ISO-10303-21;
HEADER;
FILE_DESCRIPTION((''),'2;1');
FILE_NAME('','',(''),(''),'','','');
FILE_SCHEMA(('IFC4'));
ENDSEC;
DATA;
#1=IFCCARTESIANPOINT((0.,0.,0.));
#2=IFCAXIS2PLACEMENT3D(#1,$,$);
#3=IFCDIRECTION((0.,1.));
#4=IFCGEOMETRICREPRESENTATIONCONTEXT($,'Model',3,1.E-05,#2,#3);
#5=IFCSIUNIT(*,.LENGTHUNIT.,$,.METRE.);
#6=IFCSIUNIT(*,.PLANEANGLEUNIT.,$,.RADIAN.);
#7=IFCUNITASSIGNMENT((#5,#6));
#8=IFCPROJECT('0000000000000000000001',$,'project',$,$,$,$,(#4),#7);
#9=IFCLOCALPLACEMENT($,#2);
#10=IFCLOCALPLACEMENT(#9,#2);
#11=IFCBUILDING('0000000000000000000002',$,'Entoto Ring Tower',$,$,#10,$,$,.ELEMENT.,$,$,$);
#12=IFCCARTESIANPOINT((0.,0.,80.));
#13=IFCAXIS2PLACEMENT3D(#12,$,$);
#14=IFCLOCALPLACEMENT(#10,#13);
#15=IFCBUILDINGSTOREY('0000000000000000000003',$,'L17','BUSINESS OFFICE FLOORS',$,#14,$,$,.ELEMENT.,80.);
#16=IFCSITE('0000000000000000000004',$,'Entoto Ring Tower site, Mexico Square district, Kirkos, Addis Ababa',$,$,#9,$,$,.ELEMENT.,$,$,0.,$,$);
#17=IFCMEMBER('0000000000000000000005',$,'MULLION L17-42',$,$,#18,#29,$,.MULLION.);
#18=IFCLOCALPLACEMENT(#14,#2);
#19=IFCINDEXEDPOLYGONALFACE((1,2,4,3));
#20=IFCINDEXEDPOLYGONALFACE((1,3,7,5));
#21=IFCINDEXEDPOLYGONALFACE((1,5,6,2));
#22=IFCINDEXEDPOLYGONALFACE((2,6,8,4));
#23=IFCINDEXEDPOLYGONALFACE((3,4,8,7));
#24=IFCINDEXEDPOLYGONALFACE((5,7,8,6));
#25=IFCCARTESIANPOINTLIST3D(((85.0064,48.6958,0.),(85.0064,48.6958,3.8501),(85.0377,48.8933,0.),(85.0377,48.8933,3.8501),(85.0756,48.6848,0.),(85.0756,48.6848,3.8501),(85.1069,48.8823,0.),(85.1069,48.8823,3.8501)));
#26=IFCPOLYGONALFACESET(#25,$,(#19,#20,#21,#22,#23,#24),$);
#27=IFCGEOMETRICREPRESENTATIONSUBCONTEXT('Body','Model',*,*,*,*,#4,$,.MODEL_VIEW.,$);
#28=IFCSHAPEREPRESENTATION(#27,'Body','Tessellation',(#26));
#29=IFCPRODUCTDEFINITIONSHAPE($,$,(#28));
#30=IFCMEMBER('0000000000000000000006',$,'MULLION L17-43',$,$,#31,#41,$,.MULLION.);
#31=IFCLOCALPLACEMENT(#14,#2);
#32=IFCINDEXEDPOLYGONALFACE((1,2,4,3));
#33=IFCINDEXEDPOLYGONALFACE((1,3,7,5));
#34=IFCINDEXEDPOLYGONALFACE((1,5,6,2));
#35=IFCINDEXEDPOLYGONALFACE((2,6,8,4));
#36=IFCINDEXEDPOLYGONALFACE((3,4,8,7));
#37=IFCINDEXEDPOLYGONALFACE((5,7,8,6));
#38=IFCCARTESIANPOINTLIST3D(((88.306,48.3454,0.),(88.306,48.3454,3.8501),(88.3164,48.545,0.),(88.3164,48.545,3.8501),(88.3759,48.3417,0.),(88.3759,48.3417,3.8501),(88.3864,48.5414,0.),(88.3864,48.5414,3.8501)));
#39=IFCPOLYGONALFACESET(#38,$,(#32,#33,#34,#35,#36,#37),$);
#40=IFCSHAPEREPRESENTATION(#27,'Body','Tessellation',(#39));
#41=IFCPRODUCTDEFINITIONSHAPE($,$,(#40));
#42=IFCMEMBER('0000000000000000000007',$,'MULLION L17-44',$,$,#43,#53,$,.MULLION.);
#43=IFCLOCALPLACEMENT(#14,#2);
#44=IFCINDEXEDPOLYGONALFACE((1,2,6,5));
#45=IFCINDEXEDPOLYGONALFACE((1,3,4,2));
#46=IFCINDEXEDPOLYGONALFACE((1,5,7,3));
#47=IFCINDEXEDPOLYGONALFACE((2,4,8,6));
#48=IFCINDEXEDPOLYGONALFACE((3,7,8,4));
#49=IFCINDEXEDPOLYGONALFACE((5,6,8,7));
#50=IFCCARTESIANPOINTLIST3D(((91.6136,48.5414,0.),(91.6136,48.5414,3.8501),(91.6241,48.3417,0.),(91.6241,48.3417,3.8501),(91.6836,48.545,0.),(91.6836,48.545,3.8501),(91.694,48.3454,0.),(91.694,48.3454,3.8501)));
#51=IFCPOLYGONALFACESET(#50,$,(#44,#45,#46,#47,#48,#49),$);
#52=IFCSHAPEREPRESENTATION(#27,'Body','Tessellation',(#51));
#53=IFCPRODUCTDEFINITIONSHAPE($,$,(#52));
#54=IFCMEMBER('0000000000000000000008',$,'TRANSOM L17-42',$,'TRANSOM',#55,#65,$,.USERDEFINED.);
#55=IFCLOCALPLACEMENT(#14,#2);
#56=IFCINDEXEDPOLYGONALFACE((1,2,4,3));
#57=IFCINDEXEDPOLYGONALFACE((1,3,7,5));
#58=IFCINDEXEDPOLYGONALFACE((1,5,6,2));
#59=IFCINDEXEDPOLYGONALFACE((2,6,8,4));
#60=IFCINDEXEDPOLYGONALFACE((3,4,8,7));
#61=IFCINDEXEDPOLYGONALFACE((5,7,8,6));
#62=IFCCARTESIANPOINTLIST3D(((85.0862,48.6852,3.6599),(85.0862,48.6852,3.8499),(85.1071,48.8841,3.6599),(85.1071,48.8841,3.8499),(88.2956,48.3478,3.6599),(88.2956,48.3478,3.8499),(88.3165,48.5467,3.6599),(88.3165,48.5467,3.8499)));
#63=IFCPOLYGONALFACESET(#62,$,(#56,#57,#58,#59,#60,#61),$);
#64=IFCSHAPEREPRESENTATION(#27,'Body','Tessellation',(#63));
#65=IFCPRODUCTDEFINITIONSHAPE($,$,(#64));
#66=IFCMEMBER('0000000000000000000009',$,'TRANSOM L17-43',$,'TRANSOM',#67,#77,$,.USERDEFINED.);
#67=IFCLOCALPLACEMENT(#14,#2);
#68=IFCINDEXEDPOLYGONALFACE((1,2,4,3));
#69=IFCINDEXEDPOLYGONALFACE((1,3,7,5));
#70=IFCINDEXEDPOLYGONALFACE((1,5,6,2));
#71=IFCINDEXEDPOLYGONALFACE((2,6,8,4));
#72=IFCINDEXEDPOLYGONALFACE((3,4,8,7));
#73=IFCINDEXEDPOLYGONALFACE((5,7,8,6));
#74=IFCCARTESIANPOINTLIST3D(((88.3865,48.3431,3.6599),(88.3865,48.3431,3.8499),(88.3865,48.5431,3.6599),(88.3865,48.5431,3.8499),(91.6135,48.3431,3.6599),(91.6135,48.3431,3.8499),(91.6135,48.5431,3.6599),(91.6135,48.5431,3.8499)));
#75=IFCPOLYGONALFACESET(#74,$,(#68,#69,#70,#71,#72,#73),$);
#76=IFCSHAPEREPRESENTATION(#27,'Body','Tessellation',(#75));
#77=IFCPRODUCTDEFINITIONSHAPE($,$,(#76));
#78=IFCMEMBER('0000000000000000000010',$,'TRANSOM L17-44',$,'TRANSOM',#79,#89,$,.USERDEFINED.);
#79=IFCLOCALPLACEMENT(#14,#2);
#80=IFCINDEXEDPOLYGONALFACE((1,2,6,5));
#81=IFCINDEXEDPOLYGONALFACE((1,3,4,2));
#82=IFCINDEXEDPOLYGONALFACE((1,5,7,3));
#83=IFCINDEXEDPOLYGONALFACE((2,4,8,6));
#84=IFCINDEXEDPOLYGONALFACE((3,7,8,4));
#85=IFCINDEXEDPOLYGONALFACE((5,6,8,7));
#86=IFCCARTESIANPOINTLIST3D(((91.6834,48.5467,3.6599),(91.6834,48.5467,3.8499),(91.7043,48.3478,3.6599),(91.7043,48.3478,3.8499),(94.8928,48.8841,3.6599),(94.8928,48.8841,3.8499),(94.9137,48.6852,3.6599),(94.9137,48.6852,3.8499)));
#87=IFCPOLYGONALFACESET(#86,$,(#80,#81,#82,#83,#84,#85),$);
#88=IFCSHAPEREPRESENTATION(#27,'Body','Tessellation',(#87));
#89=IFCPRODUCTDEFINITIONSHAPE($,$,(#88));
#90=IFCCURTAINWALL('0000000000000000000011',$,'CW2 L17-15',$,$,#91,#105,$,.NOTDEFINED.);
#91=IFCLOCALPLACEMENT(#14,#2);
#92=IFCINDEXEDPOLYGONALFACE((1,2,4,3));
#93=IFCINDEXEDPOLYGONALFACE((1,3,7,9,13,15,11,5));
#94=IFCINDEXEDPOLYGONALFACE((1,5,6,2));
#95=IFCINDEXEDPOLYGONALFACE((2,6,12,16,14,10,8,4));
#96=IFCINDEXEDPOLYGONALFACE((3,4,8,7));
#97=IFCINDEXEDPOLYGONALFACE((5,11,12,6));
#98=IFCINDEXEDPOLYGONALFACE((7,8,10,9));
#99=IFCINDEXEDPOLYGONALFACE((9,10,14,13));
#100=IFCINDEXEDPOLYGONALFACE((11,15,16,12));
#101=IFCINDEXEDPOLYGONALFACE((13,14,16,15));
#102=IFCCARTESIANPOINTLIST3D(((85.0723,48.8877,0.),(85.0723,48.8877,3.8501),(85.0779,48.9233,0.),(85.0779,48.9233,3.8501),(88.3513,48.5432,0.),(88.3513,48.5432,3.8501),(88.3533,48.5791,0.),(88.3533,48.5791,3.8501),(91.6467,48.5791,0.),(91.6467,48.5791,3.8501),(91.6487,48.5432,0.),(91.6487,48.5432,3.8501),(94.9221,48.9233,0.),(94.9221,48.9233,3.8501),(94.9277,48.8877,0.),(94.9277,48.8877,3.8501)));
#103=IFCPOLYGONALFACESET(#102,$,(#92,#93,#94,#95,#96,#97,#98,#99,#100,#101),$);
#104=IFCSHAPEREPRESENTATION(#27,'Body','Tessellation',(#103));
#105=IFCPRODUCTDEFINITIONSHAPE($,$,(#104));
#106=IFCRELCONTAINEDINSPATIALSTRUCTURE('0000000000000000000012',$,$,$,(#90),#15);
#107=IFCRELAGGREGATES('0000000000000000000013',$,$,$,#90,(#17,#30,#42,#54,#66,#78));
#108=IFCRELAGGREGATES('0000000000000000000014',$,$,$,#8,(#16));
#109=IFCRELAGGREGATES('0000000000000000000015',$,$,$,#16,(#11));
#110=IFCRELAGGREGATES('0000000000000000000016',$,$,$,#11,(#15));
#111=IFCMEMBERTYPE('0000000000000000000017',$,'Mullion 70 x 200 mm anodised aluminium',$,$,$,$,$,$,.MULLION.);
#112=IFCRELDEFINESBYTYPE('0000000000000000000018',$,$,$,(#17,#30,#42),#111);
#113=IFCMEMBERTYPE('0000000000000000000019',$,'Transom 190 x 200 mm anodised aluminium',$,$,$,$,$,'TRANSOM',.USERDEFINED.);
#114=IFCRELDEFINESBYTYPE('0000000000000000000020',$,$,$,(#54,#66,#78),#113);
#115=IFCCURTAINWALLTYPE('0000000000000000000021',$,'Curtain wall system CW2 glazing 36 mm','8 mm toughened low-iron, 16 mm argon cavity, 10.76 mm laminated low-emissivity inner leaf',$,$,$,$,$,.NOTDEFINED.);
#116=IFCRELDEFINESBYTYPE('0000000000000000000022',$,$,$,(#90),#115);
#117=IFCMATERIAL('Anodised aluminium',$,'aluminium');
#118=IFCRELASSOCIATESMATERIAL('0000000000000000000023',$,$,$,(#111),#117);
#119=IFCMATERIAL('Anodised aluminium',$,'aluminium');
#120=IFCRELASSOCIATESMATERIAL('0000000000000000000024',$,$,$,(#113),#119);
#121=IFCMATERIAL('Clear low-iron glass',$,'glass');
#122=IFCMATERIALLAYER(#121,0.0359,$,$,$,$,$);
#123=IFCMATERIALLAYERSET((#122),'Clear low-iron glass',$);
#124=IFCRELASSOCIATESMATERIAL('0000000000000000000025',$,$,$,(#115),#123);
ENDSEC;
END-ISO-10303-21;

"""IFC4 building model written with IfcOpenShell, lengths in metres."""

from ifc_helpers import new_model, si_unit, direction, frame, origin, origin_2d, place, context, subcontext, project, spatial, polyline, rectangle, outline, extrude, material, layer, layer_set, material_profile, profile_set, type_object, element, aggregate, save


model = new_model("IFC4")

# Units and contexts
model_context = context("Model", 3, precision=1e-05, world=origin(), true_north=direction((0.0, 1.0)))
body_context = subcontext(model_context, "Body", "Model", "MODEL_VIEW")
ifc_project = project(units=[si_unit("LENGTHUNIT", "METRE"), si_unit("PLANEANGLEUNIT", "RADIAN")], contexts=[model_context])

# Members
ifc_material_1 = material(Name="Anodised aluminium", Category="aluminium")
ifc_material_profile_1 = material_profile(ifc_material_1, rectangle(XDim=0.0701, YDim=0.2, at=origin_2d()), Name="Mullion 70 x 200 mm anodised aluminium")
ifc_profile_set_1 = profile_set([ifc_material_profile_1], Name="Anodised aluminium")
member_type_1 = type_object("IfcMemberType", Name="Mullion 70 x 200 mm anodised aluminium", PredefinedType="MULLION", material=ifc_profile_set_1)
site_placement = place(None, origin())
building_placement = place(site_placement, origin())
storey_placement = place(building_placement, frame((0.0, 0.0, 80.0)))
member_1_placement = place(storey_placement, frame((85.0566, 48.7891, 0.0), z_axis=(0.0, 0.0, 1.0), x_axis=(0.987688, -0.156434, 0.0)))
member_1 = element("IfcMember", 1, at=member_1_placement, type_object=member_type_1, Name="MULLION L17-42", PredefinedType="MULLION", context=body_context, shape_type="SweptSolid", body=[
    extrude(rectangle(XDim=0.0701, YDim=0.2, at=origin_2d()), origin(), (0.0, 0.0, 1.0), 3.8501),
])
member_2_placement = place(storey_placement, frame((88.3462, 48.4434, 0.0), z_axis=(0.0, 0.0, 1.0), x_axis=(0.99863, -0.052336, 0.0)))
member_2 = element("IfcMember", 2, at=member_2_placement, type_object=member_type_1, Name="MULLION L17-43", PredefinedType="MULLION", context=body_context, shape_type="SweptSolid", body=[
    extrude(rectangle(XDim=0.0701, YDim=0.2, at=origin_2d()), origin(), (0.0, 0.0, 1.0), 3.8501),
])
member_3_placement = place(storey_placement, frame((91.6538, 48.4434, 0.0), z_axis=(0.0, 0.0, 1.0), x_axis=(0.99863, 0.052336, 0.0)))
member_3 = element("IfcMember", 3, at=member_3_placement, type_object=member_type_1, Name="MULLION L17-44", PredefinedType="MULLION", context=body_context, shape_type="SweptSolid", body=[
    extrude(rectangle(XDim=0.0701, YDim=0.2, at=origin_2d()), origin(), (0.0, 0.0, 1.0), 3.8501),
])
ifc_material_2 = material(Name="Anodised aluminium", Category="aluminium")
ifc_material_profile_2 = material_profile(ifc_material_2, rectangle(XDim=0.2, YDim=0.1899, at=origin_2d()), Name="Transom 190 x 200 mm anodised aluminium")
ifc_profile_set_2 = profile_set([ifc_material_profile_2], Name="Anodised aluminium")
member_type_2 = type_object("IfcMemberType", Name="Transom 190 x 200 mm anodised aluminium", ElementType="TRANSOM", PredefinedType="USERDEFINED", material=ifc_profile_set_2)
member_4_placement = place(storey_placement, frame((85.0967, 48.7847, 3.7549), z_axis=(0.99452, -0.104551, 0.0), x_axis=(0.104551, 0.99452, 0.0)))
member_4 = element("IfcMember", 4, at=member_4_placement, type_object=member_type_2, Name="TRANSOM L17-42", ObjectType="TRANSOM", PredefinedType="USERDEFINED", context=body_context, shape_type="SweptSolid", body=[
    extrude(rectangle(XDim=0.2, YDim=0.1899, at=origin_2d()), origin(), (0.0, 0.0, 1.0), 3.2271),
])
member_5_placement = place(storey_placement, frame((88.3865, 48.4431, 3.7549), z_axis=(1.0, 0.0, 0.0), x_axis=(0.0, 1.0, 0.0)))
member_5 = element("IfcMember", 5, at=member_5_placement, type_object=member_type_2, Name="TRANSOM L17-43", ObjectType="TRANSOM", PredefinedType="USERDEFINED", context=body_context, shape_type="SweptSolid", body=[
    extrude(rectangle(XDim=0.2, YDim=0.1899, at=origin_2d()), origin(), (0.0, 0.0, 1.0), 3.2271),
])
member_6_placement = place(storey_placement, frame((91.6938, 48.4473, 3.7549), z_axis=(0.99452, 0.104551, 0.0), x_axis=(-0.104551, 0.99452, 0.0)))
member_6 = element("IfcMember", 6, at=member_6_placement, type_object=member_type_2, Name="TRANSOM L17-44", ObjectType="TRANSOM", PredefinedType="USERDEFINED", context=body_context, shape_type="SweptSolid", body=[
    extrude(rectangle(XDim=0.2, YDim=0.1899, at=origin_2d()), origin(), (0.0, 0.0, 1.0), 3.2271),
])

# Site, building, storey
site = spatial("IfcSite", under=ifc_project, at=site_placement, Name="Entoto Ring Tower site, Mexico Square district, Kirkos, Addis Ababa", CompositionType="ELEMENT", RefElevation=0.0)
building = spatial("IfcBuilding", under=site, at=building_placement, Name="Entoto Ring Tower", CompositionType="ELEMENT")
storey = spatial("IfcBuildingStorey", under=building, at=storey_placement, Name="L17", Description="BUSINESS OFFICE FLOORS", CompositionType="ELEMENT", Elevation=80.0)

# Curtain wall
ifc_material_3 = material(Name="Clear low-iron glass", Category="glass")
ifc_layer = layer(ifc_material_3, 0.0359)
ifc_layer_set = layer_set([ifc_layer], Name="Clear low-iron glass")
curtain_wall_type = type_object("IfcCurtainWallType", Name="Curtain wall system CW2 glazing 36 mm", Description="8 mm toughened low-iron, 16 mm argon cavity, 10.76 mm laminated low-emissivity inner leaf", PredefinedType="NOTDEFINED", material=ifc_layer_set)
curtain_wall_1_placement = place(storey_placement, origin())
curtain_wall_1 = element("IfcCurtainWall", 7, at=curtain_wall_1_placement, inside=storey, type_object=curtain_wall_type, Name="CW2 L17-15", PredefinedType="NOTDEFINED", context=body_context, shape_type="SweptSolid", body=[
    extrude(outline(polyline([(85.0723, 48.8877), (88.3513, 48.5432), (91.6487, 48.5432), (94.9277, 48.8877), (94.9221, 48.9233), (91.6467, 48.5791), (88.3533, 48.5791), (85.0779, 48.9233), (85.0723, 48.8877)])), origin(), (0.0, 0.0, 1.0), 3.8501),
])
aggregate(curtain_wall_1, [member_1, member_2, member_3, member_4, member_5, member_6])

save(model, "model.ifc")
